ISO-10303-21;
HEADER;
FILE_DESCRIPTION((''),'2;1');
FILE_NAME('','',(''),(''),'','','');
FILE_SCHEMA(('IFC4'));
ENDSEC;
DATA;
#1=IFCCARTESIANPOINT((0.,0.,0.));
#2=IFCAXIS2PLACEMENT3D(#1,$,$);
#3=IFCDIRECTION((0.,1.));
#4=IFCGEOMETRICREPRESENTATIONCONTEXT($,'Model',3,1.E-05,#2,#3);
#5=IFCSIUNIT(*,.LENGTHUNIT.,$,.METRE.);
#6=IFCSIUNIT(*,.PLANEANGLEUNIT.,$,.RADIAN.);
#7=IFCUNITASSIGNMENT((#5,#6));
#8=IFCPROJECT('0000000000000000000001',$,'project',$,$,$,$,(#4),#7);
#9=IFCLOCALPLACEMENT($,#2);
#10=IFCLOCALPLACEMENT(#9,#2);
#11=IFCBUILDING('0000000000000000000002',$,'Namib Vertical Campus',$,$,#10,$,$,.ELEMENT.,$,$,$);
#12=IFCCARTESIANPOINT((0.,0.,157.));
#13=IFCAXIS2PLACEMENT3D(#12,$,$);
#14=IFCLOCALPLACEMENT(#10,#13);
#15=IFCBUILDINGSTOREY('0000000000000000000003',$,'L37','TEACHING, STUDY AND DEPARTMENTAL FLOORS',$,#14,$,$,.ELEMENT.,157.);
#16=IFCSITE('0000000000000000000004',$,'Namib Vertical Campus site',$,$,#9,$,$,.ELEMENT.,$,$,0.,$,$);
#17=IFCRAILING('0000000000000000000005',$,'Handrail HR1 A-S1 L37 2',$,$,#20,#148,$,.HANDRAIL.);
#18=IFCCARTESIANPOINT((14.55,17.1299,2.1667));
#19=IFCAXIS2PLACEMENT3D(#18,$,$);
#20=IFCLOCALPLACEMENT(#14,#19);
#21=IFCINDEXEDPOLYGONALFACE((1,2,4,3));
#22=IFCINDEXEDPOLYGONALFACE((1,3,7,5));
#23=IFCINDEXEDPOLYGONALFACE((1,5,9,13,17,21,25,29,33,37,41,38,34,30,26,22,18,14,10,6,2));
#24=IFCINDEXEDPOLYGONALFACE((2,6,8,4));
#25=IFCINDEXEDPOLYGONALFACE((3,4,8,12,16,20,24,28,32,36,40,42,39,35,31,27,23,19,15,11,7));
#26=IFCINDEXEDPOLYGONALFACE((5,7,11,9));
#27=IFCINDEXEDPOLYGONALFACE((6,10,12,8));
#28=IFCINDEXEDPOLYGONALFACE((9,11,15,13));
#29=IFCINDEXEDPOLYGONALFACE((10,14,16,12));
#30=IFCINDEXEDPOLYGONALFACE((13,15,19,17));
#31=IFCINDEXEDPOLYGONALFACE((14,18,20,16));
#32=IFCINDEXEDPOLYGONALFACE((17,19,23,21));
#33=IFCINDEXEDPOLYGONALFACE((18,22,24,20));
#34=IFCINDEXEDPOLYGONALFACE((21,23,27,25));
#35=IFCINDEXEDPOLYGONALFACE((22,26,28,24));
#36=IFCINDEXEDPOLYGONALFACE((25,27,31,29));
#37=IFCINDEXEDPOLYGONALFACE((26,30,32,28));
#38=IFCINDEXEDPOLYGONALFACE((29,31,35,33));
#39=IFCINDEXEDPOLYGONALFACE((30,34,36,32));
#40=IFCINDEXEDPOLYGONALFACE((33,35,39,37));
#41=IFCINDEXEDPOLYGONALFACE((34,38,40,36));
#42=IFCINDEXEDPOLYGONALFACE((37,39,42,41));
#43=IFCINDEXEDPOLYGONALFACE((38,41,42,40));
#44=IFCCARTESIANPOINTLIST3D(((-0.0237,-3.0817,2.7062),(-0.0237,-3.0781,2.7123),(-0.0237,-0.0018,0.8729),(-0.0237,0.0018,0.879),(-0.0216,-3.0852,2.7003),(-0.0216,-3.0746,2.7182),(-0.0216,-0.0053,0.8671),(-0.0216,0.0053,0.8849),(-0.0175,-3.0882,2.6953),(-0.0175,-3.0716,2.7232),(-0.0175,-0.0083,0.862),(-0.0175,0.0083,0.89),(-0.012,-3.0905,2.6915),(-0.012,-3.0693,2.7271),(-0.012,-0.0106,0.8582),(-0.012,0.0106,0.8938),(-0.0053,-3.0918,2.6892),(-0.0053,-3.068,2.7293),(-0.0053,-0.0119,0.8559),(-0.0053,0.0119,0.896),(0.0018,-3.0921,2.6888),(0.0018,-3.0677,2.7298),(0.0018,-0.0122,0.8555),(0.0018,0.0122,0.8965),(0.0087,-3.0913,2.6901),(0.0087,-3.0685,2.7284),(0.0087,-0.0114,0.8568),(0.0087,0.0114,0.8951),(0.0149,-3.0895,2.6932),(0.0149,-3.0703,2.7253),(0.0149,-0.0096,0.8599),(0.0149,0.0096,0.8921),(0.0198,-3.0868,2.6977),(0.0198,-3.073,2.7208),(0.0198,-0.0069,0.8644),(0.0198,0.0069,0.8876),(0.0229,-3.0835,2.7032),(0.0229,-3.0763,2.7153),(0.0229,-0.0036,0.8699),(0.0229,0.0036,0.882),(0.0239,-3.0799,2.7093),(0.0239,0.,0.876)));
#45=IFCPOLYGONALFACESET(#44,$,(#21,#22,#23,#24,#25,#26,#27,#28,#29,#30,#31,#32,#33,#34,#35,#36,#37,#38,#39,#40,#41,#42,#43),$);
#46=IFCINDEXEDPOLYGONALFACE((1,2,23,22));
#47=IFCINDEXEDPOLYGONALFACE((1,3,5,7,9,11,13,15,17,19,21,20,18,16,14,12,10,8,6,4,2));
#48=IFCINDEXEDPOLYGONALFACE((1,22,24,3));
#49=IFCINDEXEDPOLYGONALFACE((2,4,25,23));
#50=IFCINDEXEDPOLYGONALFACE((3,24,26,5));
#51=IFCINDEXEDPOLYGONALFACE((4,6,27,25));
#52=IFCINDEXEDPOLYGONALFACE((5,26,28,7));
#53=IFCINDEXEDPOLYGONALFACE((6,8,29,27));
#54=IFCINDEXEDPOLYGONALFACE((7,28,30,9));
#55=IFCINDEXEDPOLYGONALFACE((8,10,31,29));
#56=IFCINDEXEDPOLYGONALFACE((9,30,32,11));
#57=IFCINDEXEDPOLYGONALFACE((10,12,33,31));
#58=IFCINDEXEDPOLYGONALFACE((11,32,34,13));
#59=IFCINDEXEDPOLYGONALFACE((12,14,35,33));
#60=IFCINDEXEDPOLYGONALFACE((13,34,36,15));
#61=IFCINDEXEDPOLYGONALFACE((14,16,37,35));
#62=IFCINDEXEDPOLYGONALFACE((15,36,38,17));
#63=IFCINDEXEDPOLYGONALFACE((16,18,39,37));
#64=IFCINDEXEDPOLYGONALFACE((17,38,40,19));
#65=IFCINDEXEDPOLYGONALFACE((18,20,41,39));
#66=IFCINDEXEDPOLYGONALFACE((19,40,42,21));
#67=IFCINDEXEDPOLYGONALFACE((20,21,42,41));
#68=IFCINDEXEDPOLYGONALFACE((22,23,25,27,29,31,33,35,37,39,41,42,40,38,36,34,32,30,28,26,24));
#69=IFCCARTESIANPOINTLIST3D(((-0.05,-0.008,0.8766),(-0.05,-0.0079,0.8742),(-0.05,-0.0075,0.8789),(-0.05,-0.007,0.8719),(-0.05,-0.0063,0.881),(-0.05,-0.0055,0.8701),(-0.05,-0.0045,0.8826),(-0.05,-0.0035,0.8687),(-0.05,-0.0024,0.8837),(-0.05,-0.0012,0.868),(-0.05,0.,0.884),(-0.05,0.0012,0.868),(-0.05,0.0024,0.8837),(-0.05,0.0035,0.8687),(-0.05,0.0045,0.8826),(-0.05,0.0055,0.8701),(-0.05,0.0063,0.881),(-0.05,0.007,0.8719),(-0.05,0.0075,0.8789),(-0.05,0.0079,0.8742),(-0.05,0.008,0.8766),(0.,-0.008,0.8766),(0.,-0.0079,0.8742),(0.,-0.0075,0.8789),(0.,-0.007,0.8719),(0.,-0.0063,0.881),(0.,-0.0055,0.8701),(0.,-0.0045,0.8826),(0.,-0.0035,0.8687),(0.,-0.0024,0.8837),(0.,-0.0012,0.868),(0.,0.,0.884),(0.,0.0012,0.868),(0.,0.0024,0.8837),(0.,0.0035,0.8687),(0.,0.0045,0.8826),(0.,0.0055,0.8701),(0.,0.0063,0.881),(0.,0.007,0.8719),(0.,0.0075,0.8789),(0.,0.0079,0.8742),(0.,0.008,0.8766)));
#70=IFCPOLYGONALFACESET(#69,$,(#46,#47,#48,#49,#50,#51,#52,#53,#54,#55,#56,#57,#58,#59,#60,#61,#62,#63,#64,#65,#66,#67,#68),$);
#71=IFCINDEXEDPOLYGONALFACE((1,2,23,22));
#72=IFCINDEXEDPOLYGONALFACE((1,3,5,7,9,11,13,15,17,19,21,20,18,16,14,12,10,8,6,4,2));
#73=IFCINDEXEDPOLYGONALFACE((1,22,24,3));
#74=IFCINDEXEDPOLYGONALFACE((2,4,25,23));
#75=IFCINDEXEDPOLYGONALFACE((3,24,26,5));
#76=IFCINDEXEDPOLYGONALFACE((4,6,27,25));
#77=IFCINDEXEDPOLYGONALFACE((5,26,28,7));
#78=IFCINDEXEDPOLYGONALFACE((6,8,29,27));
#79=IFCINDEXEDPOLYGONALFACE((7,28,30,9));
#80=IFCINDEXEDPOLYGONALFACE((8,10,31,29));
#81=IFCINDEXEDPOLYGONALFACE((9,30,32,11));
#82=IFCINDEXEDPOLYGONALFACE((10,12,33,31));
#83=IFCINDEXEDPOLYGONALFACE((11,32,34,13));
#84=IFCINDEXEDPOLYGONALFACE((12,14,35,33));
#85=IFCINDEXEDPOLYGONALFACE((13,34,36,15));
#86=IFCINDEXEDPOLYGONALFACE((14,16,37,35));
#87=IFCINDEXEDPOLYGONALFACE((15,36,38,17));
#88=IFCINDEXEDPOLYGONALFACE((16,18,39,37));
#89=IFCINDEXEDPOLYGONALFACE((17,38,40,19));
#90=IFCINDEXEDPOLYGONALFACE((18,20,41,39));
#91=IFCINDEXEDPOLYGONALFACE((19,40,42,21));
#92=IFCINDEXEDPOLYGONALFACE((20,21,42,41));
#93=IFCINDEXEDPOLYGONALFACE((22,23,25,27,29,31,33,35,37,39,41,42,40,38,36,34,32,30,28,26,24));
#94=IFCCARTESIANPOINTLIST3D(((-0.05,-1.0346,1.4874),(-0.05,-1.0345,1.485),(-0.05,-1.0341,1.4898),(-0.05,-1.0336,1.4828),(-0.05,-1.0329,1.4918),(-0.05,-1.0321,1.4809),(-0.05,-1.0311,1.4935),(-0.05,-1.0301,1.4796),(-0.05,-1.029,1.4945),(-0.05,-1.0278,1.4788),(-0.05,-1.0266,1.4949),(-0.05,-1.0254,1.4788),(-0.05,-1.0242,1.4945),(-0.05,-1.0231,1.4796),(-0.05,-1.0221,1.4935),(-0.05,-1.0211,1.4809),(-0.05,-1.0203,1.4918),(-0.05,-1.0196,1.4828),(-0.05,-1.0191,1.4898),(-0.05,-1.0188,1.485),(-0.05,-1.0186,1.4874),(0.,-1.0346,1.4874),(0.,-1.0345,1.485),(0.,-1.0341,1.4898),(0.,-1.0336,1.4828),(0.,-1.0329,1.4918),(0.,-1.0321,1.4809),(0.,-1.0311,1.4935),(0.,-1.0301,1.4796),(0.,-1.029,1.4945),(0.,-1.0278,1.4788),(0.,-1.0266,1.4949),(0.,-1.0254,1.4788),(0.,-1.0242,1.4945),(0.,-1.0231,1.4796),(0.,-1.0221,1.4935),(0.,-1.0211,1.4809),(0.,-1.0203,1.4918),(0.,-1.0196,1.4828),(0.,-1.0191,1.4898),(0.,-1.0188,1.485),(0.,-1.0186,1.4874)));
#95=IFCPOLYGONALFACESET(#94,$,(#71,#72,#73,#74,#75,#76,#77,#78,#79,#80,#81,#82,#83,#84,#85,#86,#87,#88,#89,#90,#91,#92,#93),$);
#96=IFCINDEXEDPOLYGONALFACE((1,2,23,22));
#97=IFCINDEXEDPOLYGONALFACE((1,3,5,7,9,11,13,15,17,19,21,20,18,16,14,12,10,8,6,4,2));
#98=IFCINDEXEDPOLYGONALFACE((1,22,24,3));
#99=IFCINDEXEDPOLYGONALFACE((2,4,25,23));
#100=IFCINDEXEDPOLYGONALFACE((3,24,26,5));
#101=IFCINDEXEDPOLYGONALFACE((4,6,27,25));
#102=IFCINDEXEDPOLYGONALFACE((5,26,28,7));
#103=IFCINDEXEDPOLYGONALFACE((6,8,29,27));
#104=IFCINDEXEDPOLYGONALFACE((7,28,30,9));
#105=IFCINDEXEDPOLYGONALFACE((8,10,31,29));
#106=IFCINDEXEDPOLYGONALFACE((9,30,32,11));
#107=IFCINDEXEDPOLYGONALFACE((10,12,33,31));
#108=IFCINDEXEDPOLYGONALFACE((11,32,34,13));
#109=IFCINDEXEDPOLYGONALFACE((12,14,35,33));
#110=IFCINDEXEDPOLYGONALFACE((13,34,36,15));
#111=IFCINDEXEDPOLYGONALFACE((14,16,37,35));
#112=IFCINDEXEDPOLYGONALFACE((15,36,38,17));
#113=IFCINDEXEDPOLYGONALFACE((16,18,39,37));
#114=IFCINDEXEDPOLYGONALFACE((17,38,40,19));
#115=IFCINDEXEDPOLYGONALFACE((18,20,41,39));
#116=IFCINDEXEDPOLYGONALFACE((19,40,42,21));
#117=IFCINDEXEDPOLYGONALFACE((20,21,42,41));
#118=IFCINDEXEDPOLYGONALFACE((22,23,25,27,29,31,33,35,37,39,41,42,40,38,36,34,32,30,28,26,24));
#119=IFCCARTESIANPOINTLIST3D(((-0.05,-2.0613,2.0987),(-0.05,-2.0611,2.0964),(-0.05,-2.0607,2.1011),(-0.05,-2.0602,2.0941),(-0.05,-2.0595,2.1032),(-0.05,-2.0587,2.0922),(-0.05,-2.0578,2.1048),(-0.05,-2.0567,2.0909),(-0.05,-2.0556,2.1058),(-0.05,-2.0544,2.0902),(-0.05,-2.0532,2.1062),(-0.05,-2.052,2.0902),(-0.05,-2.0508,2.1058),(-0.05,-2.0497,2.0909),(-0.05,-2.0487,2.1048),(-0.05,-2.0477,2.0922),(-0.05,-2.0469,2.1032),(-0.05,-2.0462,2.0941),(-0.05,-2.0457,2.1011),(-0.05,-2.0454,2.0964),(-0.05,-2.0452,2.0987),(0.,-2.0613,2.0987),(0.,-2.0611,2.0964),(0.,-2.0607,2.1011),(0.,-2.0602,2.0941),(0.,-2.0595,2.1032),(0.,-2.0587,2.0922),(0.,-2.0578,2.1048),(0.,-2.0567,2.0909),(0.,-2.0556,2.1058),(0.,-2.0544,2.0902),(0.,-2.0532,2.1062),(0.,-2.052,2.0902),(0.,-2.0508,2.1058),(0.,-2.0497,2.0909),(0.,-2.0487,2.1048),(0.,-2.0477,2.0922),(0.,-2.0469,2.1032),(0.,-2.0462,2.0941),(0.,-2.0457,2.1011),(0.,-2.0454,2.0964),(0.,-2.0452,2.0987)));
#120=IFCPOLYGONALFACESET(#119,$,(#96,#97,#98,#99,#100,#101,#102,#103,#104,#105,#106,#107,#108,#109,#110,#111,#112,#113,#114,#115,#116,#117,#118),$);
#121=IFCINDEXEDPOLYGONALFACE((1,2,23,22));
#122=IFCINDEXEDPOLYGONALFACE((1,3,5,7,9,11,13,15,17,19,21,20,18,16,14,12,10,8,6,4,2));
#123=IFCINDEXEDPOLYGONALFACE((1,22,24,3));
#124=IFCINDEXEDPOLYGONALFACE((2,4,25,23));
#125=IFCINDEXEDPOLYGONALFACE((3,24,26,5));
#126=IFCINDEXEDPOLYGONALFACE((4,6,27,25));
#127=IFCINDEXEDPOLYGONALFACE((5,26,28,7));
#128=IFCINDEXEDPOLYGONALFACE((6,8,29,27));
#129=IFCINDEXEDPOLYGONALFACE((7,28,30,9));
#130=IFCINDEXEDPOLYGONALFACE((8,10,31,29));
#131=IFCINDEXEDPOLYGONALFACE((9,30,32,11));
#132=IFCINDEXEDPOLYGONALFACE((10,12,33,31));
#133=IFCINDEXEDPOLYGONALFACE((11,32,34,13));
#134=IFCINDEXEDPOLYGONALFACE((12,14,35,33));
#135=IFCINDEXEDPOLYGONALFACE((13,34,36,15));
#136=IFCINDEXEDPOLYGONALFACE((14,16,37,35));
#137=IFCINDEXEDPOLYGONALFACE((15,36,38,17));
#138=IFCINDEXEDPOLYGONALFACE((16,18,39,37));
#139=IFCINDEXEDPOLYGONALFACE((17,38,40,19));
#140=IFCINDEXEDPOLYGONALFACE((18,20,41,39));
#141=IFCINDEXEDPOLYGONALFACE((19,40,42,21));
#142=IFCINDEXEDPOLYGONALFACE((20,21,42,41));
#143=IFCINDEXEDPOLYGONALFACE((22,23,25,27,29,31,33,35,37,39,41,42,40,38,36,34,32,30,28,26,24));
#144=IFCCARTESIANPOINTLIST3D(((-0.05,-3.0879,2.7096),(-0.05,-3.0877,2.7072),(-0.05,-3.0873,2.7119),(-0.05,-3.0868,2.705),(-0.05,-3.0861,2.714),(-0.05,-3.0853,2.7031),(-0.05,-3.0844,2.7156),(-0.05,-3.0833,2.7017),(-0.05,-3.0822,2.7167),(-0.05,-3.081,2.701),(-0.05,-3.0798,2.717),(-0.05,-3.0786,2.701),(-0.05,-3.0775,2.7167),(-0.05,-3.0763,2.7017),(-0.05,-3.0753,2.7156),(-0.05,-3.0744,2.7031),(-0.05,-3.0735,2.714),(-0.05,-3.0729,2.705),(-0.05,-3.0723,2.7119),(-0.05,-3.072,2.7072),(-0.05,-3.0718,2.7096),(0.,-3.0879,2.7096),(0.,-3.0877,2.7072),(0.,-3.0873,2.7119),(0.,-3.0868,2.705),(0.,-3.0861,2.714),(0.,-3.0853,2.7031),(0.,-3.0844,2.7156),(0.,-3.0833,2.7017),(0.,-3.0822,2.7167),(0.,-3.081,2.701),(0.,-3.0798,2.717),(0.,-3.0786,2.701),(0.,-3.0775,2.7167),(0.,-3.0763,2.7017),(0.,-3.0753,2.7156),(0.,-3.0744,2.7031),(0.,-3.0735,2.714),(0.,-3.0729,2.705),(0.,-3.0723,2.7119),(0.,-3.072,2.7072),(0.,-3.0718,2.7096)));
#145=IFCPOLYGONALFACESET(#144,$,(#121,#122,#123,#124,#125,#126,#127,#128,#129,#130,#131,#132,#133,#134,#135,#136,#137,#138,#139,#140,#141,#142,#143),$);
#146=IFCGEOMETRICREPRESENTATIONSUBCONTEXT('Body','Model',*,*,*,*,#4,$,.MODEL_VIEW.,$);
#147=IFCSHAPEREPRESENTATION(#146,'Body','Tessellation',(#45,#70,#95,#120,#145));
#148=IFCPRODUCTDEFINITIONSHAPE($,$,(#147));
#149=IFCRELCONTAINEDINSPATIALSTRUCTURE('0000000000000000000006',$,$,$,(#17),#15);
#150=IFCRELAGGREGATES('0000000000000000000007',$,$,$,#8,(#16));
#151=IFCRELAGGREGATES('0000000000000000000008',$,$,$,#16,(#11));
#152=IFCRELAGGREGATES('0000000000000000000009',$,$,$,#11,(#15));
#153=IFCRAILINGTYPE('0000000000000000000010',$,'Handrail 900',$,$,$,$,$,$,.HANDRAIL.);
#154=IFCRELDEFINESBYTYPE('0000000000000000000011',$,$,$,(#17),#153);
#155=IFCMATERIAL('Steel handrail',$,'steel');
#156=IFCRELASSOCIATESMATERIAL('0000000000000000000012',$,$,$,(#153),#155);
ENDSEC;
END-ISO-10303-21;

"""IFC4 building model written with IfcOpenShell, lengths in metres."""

from ifc_helpers import new_model, si_unit, direction, frame, origin, origin_2d, place, context, subcontext, project, spatial, circle, extrude, material, type_object, element, save


model = new_model("IFC4")

# Units and contexts
model_context = context("Model", 3, precision=1e-05, world=origin(), true_north=direction((0.0, 1.0)))
body_context = subcontext(model_context, "Body", "Model", "MODEL_VIEW")
ifc_project = project(units=[si_unit("LENGTHUNIT", "METRE"), si_unit("PLANEANGLEUNIT", "RADIAN")], contexts=[model_context])

# Site, building, storey
site_placement = place(None, origin())
site = spatial("IfcSite", under=ifc_project, at=site_placement, Name="Namib Vertical Campus site", CompositionType="ELEMENT", RefElevation=0.0)
building_placement = place(site_placement, origin())
building = spatial("IfcBuilding", under=site, at=building_placement, Name="Namib Vertical Campus", CompositionType="ELEMENT")
storey_placement = place(building_placement, frame((0.0, 0.0, 157.0)))
storey = spatial("IfcBuildingStorey", under=building, at=storey_placement, Name="L37", Description="TEACHING, STUDY AND DEPARTMENTAL FLOORS", CompositionType="ELEMENT", Elevation=157.0)

# Railing
ifc_material_1 = material(Name="Steel handrail", Category="steel")
railing_type_1 = type_object("IfcRailingType", Name="Handrail 900", PredefinedType="HANDRAIL", material=ifc_material_1)
railing_1_placement = place(storey_placement, frame((14.55, 17.1299, 2.1667)))
element("IfcRailing", 1, at=railing_1_placement, inside=storey, type_object=railing_type_1, Name="Handrail HR1 A-S1 L37 2", PredefinedType="HANDRAIL", context=body_context, shape_type="SweptSolid", body=[
    extrude(circle(Radius=0.0239, at=origin_2d()), frame((0.0, 0.0, 0.876), z_axis=(0.0, -0.859291, 0.511487), x_axis=(1.0, 0.0, 0.0)), (0.0, 0.0, 1.0), 3.5842),
    extrude(circle(Radius=0.0081, at=origin_2d()), frame((0.0, 0.0, 0.876), z_axis=(-1.0, 0.0, 0.0), x_axis=(0.0, 0.0, 1.0)), (0.0, 0.0, 1.0), 0.05),
    extrude(circle(Radius=0.0081, at=origin_2d()), frame((0.0, -1.0266, 1.4868), z_axis=(-1.0, 0.0, 0.0), x_axis=(0.0, 0.0, 1.0)), (0.0, 0.0, 1.0), 0.05),
    extrude(circle(Radius=0.0081, at=origin_2d()), frame((0.0, -2.0532, 2.0981), z_axis=(-1.0, 0.0, 0.0), x_axis=(0.0, 0.0, 1.0)), (0.0, 0.0, 1.0), 0.05),
    extrude(circle(Radius=0.0081, at=origin_2d()), frame((0.0, -3.0798, 2.709), z_axis=(-1.0, 0.0, 0.0), x_axis=(0.0, 0.0, 1.0)), (0.0, 0.0, 1.0), 0.05),
])

save(model, "model.ifc")
